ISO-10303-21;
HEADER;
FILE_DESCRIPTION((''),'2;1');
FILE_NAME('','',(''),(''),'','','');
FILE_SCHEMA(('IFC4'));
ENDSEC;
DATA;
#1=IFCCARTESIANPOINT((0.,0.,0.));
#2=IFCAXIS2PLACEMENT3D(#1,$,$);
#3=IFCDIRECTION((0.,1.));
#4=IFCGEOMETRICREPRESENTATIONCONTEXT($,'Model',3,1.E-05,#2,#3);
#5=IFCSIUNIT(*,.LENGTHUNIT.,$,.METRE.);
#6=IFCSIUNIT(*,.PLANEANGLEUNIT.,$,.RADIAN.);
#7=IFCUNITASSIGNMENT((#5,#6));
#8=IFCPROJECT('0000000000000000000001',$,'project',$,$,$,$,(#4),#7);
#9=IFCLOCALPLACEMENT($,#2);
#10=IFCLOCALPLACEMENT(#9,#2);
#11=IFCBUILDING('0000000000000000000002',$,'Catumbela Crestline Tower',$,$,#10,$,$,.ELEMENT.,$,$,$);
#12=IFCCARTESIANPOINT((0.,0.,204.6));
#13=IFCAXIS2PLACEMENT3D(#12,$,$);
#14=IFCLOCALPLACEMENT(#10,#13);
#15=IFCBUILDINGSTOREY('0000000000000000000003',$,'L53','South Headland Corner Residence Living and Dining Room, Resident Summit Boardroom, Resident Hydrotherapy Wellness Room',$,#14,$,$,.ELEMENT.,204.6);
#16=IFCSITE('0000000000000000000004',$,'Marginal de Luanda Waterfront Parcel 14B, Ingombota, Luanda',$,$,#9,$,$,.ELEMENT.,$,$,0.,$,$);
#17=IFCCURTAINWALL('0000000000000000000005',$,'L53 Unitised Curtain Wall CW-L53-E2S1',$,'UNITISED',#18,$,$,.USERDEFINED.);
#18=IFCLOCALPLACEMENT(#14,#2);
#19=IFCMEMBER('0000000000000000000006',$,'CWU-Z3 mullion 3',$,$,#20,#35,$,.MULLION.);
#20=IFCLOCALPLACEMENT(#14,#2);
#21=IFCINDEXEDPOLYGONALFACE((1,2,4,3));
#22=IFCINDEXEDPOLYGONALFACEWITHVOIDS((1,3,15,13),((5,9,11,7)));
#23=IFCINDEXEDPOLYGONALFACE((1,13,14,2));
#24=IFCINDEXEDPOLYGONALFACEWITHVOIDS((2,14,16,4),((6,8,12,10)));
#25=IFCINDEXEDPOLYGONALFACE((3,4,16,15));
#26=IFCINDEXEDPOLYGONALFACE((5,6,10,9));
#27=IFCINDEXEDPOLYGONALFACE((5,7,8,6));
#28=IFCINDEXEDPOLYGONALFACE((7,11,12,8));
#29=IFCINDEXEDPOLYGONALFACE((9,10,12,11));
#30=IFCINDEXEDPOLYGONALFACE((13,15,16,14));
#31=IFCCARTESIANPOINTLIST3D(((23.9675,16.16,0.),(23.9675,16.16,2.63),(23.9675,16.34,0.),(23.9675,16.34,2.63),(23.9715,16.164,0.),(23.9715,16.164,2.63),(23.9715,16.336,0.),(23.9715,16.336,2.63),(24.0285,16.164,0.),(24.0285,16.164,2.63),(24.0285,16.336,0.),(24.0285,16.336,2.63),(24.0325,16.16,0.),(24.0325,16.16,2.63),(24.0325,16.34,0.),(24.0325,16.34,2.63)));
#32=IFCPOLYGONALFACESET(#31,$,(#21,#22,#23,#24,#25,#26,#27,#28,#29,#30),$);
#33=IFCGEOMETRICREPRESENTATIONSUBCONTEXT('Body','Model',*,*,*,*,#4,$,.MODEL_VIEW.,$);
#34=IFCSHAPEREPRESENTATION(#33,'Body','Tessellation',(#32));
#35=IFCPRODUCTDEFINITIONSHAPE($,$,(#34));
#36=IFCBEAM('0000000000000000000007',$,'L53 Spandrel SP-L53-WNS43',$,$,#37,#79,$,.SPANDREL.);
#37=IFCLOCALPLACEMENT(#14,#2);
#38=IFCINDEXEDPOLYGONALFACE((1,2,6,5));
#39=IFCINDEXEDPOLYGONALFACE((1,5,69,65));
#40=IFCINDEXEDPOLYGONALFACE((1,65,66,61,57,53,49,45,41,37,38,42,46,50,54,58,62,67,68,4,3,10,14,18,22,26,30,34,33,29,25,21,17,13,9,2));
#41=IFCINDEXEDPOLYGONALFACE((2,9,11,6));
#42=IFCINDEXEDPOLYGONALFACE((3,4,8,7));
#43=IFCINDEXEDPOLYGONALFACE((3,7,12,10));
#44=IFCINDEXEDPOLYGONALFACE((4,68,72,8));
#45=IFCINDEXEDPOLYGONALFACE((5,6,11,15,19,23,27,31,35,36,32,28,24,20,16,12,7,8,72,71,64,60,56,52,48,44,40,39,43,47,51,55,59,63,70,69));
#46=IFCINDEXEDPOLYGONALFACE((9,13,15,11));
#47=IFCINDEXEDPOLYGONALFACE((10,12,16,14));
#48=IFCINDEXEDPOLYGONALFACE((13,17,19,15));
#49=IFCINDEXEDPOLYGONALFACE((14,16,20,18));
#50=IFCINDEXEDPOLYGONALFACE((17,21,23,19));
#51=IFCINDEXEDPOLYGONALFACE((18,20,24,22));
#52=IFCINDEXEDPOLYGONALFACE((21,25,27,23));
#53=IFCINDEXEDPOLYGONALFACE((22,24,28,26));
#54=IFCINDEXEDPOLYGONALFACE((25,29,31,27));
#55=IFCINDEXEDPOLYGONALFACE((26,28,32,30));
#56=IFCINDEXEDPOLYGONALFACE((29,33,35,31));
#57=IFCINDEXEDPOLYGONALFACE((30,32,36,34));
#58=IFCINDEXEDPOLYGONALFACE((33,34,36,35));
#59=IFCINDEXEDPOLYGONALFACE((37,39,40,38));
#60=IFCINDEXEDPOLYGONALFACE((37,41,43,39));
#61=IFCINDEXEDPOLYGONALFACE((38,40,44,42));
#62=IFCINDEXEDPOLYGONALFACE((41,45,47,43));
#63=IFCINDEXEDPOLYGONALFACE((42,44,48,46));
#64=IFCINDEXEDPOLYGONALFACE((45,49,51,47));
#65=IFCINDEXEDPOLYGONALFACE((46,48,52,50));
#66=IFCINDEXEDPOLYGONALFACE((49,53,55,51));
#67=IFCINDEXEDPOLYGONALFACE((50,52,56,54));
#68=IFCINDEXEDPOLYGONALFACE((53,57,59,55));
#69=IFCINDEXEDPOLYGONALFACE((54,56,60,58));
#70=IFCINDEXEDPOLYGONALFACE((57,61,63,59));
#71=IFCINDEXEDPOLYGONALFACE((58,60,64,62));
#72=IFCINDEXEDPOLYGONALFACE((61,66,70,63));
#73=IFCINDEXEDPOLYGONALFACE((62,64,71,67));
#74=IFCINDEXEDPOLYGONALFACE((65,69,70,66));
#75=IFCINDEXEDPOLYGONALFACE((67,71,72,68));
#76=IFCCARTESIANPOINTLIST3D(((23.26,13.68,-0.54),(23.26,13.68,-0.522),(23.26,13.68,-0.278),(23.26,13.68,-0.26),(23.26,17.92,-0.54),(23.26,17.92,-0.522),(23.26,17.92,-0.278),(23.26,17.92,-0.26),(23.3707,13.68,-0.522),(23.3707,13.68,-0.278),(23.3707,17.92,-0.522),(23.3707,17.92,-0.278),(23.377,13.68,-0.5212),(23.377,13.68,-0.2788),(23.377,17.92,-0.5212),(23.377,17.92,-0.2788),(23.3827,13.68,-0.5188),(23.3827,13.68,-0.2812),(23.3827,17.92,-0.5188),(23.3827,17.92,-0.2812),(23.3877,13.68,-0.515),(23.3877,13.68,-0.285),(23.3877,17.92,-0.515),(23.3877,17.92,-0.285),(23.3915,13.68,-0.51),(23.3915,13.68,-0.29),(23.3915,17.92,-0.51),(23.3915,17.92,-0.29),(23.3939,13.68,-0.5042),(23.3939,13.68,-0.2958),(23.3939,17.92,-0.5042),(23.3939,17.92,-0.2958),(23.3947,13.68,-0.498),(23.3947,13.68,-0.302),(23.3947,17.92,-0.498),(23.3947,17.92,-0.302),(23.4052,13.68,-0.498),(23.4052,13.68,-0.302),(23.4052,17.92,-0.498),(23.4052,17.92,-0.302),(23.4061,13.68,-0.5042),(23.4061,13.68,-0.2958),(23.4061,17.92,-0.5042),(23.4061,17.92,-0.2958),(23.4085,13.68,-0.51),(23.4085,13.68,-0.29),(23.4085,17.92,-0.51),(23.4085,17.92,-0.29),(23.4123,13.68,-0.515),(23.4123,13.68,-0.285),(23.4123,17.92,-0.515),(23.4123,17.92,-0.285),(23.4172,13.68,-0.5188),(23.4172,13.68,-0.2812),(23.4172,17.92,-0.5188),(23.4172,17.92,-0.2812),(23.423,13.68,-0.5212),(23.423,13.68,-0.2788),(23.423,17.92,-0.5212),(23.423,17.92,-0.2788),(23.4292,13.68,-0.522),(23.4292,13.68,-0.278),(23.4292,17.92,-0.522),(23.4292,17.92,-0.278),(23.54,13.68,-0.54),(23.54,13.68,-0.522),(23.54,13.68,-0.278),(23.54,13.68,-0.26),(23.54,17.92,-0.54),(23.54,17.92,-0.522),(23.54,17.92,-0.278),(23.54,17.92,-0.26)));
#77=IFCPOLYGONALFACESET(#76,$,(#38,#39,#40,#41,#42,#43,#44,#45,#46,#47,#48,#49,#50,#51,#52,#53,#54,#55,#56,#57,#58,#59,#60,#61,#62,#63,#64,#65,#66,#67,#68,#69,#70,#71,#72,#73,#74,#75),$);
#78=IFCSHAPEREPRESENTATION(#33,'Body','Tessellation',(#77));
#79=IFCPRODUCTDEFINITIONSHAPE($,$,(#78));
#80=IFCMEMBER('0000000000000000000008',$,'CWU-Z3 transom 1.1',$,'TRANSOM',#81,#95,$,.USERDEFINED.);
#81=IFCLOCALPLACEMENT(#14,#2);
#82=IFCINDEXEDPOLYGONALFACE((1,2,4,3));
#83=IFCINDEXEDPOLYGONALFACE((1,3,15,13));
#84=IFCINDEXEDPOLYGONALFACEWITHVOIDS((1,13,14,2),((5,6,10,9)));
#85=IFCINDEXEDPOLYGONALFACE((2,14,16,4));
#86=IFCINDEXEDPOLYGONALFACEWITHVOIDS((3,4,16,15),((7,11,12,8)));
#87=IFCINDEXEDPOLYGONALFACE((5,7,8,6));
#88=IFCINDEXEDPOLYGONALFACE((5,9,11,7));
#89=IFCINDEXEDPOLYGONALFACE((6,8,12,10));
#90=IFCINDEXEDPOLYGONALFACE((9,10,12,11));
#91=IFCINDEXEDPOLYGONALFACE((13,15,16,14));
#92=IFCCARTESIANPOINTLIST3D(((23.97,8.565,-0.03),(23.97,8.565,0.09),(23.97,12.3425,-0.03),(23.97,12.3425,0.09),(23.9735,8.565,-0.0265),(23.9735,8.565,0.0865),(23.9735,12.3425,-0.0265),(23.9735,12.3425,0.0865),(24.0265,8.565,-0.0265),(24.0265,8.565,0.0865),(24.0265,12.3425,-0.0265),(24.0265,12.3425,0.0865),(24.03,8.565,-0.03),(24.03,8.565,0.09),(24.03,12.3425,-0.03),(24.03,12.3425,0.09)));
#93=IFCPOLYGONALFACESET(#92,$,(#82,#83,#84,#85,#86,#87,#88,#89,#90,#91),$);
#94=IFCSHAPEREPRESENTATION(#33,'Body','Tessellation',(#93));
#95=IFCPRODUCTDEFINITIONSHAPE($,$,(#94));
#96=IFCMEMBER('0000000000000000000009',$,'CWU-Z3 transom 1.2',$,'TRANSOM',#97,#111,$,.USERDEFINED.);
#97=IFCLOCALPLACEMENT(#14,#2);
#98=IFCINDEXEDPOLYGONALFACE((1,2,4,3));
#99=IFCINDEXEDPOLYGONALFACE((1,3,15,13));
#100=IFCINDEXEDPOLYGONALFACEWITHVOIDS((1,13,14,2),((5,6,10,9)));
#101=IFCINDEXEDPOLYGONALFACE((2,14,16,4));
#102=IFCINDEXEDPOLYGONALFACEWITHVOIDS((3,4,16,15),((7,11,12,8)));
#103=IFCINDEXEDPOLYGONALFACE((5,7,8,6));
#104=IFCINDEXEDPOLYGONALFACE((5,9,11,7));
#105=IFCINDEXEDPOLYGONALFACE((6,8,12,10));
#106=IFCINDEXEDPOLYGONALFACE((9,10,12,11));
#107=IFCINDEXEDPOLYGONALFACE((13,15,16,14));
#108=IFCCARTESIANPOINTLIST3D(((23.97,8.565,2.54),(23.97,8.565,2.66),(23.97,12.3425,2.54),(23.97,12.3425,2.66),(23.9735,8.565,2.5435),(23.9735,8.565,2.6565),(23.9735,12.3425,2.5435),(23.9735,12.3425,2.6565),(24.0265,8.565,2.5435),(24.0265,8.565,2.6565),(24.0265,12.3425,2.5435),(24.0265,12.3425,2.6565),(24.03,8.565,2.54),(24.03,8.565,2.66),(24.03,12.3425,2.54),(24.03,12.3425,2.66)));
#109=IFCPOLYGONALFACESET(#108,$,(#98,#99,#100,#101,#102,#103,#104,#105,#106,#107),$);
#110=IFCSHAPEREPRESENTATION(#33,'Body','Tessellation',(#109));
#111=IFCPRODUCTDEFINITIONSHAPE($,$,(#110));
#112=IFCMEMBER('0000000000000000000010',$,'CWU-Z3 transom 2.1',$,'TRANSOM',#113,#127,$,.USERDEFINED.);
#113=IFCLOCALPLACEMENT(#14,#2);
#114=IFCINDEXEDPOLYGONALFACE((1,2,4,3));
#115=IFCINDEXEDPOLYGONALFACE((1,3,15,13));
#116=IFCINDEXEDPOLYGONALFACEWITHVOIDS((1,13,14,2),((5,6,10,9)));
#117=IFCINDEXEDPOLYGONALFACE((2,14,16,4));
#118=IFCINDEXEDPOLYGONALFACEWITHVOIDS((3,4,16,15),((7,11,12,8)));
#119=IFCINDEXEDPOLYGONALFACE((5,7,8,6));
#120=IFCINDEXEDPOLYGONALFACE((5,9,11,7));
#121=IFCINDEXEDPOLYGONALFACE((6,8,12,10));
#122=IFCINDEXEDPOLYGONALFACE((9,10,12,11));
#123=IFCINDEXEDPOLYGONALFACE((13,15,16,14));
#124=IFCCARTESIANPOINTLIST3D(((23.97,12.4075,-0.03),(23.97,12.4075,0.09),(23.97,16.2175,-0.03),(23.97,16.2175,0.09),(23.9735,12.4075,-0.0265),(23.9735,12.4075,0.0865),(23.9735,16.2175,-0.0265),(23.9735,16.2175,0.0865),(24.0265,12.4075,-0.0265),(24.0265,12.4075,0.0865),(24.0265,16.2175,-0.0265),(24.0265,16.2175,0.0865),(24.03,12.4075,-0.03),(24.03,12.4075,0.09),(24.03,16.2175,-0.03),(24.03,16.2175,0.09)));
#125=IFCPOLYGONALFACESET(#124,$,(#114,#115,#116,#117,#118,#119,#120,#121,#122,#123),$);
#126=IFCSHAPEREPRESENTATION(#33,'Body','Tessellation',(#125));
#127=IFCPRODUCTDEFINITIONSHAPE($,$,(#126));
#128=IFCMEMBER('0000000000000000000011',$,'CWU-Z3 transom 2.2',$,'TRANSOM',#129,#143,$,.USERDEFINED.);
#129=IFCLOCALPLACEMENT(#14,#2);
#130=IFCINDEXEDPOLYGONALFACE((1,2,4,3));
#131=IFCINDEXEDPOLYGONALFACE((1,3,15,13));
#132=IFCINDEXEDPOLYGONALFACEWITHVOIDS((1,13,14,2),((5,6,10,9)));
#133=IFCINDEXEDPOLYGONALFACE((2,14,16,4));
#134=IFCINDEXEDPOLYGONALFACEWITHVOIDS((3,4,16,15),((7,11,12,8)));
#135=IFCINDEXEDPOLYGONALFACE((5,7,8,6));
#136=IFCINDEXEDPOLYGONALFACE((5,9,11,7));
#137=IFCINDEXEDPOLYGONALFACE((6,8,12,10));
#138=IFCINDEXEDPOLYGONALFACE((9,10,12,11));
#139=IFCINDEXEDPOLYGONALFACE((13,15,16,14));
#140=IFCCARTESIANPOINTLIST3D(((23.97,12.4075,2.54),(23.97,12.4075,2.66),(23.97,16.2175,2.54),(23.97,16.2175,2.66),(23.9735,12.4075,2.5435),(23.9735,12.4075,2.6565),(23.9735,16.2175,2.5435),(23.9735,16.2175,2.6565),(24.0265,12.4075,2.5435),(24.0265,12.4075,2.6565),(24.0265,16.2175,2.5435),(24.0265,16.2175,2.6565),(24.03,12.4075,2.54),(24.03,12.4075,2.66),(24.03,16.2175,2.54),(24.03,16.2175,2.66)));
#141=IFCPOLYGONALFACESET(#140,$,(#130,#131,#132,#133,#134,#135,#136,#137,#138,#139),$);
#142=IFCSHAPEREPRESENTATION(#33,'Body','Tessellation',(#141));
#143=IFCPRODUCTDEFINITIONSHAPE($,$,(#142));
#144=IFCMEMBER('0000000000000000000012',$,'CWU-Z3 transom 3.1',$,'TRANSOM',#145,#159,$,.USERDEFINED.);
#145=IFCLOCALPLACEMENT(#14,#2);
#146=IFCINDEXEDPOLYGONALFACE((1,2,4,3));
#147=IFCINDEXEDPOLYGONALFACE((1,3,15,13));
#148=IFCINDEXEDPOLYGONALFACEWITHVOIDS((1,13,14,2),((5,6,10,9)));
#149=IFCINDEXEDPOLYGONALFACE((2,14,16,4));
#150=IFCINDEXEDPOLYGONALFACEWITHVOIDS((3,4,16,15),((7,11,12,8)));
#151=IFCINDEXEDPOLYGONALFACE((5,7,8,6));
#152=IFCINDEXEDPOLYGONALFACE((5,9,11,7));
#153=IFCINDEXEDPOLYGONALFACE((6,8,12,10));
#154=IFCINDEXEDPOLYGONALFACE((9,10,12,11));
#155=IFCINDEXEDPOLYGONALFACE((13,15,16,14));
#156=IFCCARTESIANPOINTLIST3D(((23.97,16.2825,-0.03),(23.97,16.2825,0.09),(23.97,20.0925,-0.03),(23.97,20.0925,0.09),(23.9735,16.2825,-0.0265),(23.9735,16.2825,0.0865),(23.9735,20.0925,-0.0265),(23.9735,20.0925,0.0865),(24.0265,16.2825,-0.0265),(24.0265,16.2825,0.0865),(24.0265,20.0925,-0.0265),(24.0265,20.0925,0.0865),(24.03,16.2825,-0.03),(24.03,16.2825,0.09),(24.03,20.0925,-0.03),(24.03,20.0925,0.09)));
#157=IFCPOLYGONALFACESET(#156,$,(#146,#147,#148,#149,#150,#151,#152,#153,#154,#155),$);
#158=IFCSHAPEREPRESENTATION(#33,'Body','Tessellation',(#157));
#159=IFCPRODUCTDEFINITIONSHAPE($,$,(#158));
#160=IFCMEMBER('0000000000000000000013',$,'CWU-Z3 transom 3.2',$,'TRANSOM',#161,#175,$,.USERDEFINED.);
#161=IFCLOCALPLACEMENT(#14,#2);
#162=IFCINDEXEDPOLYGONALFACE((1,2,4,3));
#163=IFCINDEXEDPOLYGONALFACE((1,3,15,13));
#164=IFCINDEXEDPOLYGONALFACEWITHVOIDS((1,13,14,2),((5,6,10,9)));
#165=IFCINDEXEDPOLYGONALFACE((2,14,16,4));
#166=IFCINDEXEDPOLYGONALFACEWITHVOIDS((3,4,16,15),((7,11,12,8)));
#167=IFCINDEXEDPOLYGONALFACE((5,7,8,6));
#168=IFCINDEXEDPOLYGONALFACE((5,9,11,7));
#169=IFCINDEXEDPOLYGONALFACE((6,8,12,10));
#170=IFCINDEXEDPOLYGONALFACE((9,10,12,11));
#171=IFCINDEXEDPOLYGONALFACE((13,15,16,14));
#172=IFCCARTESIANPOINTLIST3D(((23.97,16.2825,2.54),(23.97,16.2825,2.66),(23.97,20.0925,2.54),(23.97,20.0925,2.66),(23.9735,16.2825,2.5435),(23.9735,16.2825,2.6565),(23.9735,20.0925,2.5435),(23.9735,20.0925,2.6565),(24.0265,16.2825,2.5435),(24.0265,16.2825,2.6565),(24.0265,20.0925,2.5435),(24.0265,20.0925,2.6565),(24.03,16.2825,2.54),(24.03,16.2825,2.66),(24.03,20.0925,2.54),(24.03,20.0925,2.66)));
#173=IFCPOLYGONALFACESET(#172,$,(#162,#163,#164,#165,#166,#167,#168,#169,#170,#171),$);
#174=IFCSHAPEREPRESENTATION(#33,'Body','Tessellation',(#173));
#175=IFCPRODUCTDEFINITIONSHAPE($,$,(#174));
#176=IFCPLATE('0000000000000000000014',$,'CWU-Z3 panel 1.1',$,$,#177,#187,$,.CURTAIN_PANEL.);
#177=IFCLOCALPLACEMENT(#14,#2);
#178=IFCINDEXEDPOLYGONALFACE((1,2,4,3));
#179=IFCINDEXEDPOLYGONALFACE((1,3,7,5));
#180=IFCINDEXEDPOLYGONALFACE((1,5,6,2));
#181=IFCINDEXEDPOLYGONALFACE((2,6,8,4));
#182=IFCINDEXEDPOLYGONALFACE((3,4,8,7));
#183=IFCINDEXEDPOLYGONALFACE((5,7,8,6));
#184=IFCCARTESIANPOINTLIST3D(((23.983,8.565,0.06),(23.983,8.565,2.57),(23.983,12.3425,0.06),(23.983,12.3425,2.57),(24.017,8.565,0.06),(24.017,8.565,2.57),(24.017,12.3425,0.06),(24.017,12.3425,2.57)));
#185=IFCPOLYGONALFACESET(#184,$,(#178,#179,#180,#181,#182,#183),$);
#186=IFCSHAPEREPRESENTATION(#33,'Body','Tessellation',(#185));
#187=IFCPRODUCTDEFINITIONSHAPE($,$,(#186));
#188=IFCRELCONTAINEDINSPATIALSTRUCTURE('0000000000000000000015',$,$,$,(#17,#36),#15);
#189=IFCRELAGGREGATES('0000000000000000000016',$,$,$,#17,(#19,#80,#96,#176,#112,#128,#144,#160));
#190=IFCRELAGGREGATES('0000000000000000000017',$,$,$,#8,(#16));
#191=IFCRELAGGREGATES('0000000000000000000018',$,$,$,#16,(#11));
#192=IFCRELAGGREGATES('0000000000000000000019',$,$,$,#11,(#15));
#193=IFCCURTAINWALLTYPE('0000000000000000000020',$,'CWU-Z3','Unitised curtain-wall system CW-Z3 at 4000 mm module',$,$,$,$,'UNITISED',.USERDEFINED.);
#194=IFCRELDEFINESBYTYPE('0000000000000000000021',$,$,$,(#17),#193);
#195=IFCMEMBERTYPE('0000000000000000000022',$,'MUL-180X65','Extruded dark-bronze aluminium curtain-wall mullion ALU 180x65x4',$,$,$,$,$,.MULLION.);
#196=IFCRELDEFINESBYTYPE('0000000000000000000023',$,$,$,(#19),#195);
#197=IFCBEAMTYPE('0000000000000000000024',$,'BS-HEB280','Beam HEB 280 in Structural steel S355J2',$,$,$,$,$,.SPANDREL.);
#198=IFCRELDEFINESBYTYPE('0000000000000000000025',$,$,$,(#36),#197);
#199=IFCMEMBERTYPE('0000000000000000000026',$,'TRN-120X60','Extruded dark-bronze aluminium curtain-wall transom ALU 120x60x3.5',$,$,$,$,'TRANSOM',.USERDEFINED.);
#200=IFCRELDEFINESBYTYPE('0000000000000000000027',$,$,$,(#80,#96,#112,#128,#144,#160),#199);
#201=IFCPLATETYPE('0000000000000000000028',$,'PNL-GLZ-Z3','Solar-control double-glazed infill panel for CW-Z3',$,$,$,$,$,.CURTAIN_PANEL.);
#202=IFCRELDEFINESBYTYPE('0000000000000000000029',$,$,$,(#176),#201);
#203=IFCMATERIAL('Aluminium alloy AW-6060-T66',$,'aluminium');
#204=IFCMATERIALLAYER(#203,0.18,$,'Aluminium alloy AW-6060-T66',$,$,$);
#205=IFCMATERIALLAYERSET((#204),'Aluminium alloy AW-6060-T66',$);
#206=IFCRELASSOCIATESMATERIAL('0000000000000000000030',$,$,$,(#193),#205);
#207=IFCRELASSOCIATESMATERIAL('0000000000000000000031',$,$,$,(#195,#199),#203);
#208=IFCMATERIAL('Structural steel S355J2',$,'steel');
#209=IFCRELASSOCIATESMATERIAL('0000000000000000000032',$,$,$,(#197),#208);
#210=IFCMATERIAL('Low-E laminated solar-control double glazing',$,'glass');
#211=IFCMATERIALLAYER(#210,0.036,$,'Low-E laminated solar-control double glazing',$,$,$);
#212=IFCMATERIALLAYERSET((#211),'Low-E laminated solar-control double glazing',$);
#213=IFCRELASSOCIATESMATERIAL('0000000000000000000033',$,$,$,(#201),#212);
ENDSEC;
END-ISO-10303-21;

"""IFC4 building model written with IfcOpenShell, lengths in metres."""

from ifc_helpers import new_model, si_unit, direction, frame, origin, origin_2d, place, context, subcontext, project, spatial, rectangle, hollow_rectangle, i_section, extrude, material, layer, layer_set, material_profile, profile_set, type_object, element, aggregate, save


model = new_model("IFC4")

# Units and contexts
model_context = context("Model", 3, precision=1e-05, world=origin(), true_north=direction((0.0, 1.0)))
body_context = subcontext(model_context, "Body", "Model", "MODEL_VIEW")
ifc_project = project(units=[si_unit("LENGTHUNIT", "METRE"), si_unit("PLANEANGLEUNIT", "RADIAN")], contexts=[model_context])

# Site, building, storey
site_placement = place(None, origin())
site = spatial("IfcSite", under=ifc_project, at=site_placement, Name="Marginal de Luanda Waterfront Parcel 14B, Ingombota, Luanda", CompositionType="ELEMENT", RefElevation=0.0)
building_placement = place(site_placement, origin())
building = spatial("IfcBuilding", under=site, at=building_placement, Name="Catumbela Crestline Tower", CompositionType="ELEMENT")
storey_placement = place(building_placement, frame((0.0, 0.0, 204.6)))
storey = spatial("IfcBuildingStorey", under=building, at=storey_placement, Name="L53", Description="South Headland Corner Residence Living and Dining Room, Resident Summit Boardroom, Resident Hydrotherapy Wellness Room", CompositionType="ELEMENT", Elevation=204.6)

# Shared definitions
ifc_material_1 = material(Name="Structural steel S355J2", Category="steel")

# Shared definitions
ifc_material_2 = material(Name="Aluminium alloy AW-6060-T66", Category="aluminium")
ifc_layer_1 = layer(ifc_material_2, 0.18, Name="Aluminium alloy AW-6060-T66")
ifc_layer_set_1 = layer_set([ifc_layer_1], Name="Aluminium alloy AW-6060-T66")
curtain_wall_type = type_object("IfcCurtainWallType", Name="CWU-Z3", Description="Unitised curtain-wall system CW-Z3 at 4000 mm module", ElementType="UNITISED", PredefinedType="USERDEFINED", material=ifc_layer_set_1)
ifc_material_profile_1 = material_profile(ifc_material_2, hollow_rectangle(XDim=0.065, YDim=0.18, WallThickness=0.004, at=origin_2d()), Name="ALU 180x65x4")
ifc_profile_set_1 = profile_set([ifc_material_profile_1], Name="Aluminium alloy AW-6060-T66")
member_type_1 = type_object("IfcMemberType", Name="MUL-180X65", Description="Extruded dark-bronze aluminium curtain-wall mullion ALU 180x65x4", PredefinedType="MULLION", material=ifc_profile_set_1)

# Curtain wall, member
curtain_wall_1_placement = place(storey_placement, origin())
curtain_wall_1 = element("IfcCurtainWall", 1, at=curtain_wall_1_placement, inside=storey, type_object=curtain_wall_type, Name="L53 Unitised Curtain Wall CW-L53-E2S1", ObjectType="UNITISED", PredefinedType="USERDEFINED")
member_1_placement = place(storey_placement, frame((24.0, 16.25, 0.0), z_axis=(0.0, 0.0, 1.0), x_axis=(-1.0, 0.0, 0.0)))
member_1 = element("IfcMember", 2, at=member_1_placement, type_object=member_type_1, Name="CWU-Z3 mullion 3", PredefinedType="MULLION", context=body_context, shape_type="SweptSolid", body=[
    extrude(hollow_rectangle(XDim=0.065, YDim=0.18, WallThickness=0.004, at=origin_2d()), origin(), (0.0, 0.0, 1.0), 2.63),
])

# Beam
ifc_material_profile_2 = material_profile(ifc_material_1, i_section(OverallWidth=0.28, OverallDepth=0.28, WebThickness=0.0105, FlangeThickness=0.018, FilletRadius=0.024, at=origin_2d()), Name="HEB 280")
ifc_profile_set_2 = profile_set([ifc_material_profile_2], Name="Structural steel S355J2")
beam_type_1 = type_object("IfcBeamType", Name="BS-HEB280", Description="Beam HEB 280 in Structural steel S355J2", PredefinedType="SPANDREL", material=ifc_profile_set_2)
beam_1_placement = place(storey_placement, frame((23.4, 13.68, -0.4), z_axis=(0.0, 1.0, 0.0), x_axis=(-1.0, 0.0, 0.0)))
element("IfcBeam", 3, at=beam_1_placement, inside=storey, type_object=beam_type_1, Name="L53 Spandrel SP-L53-WNS43", PredefinedType="SPANDREL", context=body_context, shape_type="SweptSolid", body=[
    extrude(i_section(OverallWidth=0.28, OverallDepth=0.28, WebThickness=0.0105, FlangeThickness=0.018, FilletRadius=0.024, at=origin_2d()), origin(), (0.0, 0.0, 1.0), 4.24),
])

# Members
ifc_material_profile_3 = material_profile(ifc_material_2, hollow_rectangle(XDim=0.06, YDim=0.12, WallThickness=0.0035, at=origin_2d()), Name="ALU 120x60x3.5")
ifc_profile_set_3 = profile_set([ifc_material_profile_3], Name="Aluminium alloy AW-6060-T66")
member_type_2 = type_object("IfcMemberType", Name="TRN-120X60", Description="Extruded dark-bronze aluminium curtain-wall transom ALU 120x60x3.5", ElementType="TRANSOM", PredefinedType="USERDEFINED", material=ifc_profile_set_3)
member_2_placement = place(storey_placement, frame((24.0, 8.565, 0.03), z_axis=(0.0, 1.0, 0.0), x_axis=(-1.0, 0.0, 0.0)))
member_2 = element("IfcMember", 4, at=member_2_placement, type_object=member_type_2, Name="CWU-Z3 transom 1.1", ObjectType="TRANSOM", PredefinedType="USERDEFINED", context=body_context, shape_type="SweptSolid", body=[
    extrude(hollow_rectangle(XDim=0.06, YDim=0.12, WallThickness=0.0035, at=origin_2d()), origin(), (0.0, 0.0, 1.0), 3.7775),
])
member_3_placement = place(storey_placement, frame((24.0, 8.565, 2.6), z_axis=(0.0, 1.0, 0.0), x_axis=(-1.0, 0.0, 0.0)))
member_3 = element("IfcMember", 5, at=member_3_placement, type_object=member_type_2, Name="CWU-Z3 transom 1.2", ObjectType="TRANSOM", PredefinedType="USERDEFINED", context=body_context, shape_type="SweptSolid", body=[
    extrude(hollow_rectangle(XDim=0.06, YDim=0.12, WallThickness=0.0035, at=origin_2d()), origin(), (0.0, 0.0, 1.0), 3.7775),
])
member_4_placement = place(storey_placement, frame((24.0, 12.4075, 0.03), z_axis=(0.0, 1.0, 0.0), x_axis=(-1.0, 0.0, 0.0)))
member_4 = element("IfcMember", 6, at=member_4_placement, type_object=member_type_2, Name="CWU-Z3 transom 2.1", ObjectType="TRANSOM", PredefinedType="USERDEFINED", context=body_context, shape_type="SweptSolid", body=[
    extrude(hollow_rectangle(XDim=0.06, YDim=0.12, WallThickness=0.0035, at=origin_2d()), origin(), (0.0, 0.0, 1.0), 3.81),
])
member_5_placement = place(storey_placement, frame((24.0, 12.4075, 2.6), z_axis=(0.0, 1.0, 0.0), x_axis=(-1.0, 0.0, 0.0)))
member_5 = element("IfcMember", 7, at=member_5_placement, type_object=member_type_2, Name="CWU-Z3 transom 2.2", ObjectType="TRANSOM", PredefinedType="USERDEFINED", context=body_context, shape_type="SweptSolid", body=[
    extrude(hollow_rectangle(XDim=0.06, YDim=0.12, WallThickness=0.0035, at=origin_2d()), origin(), (0.0, 0.0, 1.0), 3.81),
])
member_6_placement = place(storey_placement, frame((24.0, 16.2825, 0.03), z_axis=(0.0, 1.0, 0.0), x_axis=(-1.0, 0.0, 0.0)))
member_6 = element("IfcMember", 8, at=member_6_placement, type_object=member_type_2, Name="CWU-Z3 transom 3.1", ObjectType="TRANSOM", PredefinedType="USERDEFINED", context=body_context, shape_type="SweptSolid", body=[
    extrude(hollow_rectangle(XDim=0.06, YDim=0.12, WallThickness=0.0035, at=origin_2d()), origin(), (0.0, 0.0, 1.0), 3.81),
])
member_7_placement = place(storey_placement, frame((24.0, 16.2825, 2.6), z_axis=(0.0, 1.0, 0.0), x_axis=(-1.0, 0.0, 0.0)))
member_7 = element("IfcMember", 9, at=member_7_placement, type_object=member_type_2, Name="CWU-Z3 transom 3.2", ObjectType="TRANSOM", PredefinedType="USERDEFINED", context=body_context, shape_type="SweptSolid", body=[
    extrude(hollow_rectangle(XDim=0.06, YDim=0.12, WallThickness=0.0035, at=origin_2d()), origin(), (0.0, 0.0, 1.0), 3.81),
])

# Plate
ifc_material_3 = material(Name="Low-E laminated solar-control double glazing", Category="glass")
ifc_layer_2 = layer(ifc_material_3, 0.036, Name="Low-E laminated solar-control double glazing")
ifc_layer_set_2 = layer_set([ifc_layer_2], Name="Low-E laminated solar-control double glazing")
plate_type = type_object("IfcPlateType", Name="PNL-GLZ-Z3", Description="Solar-control double-glazed infill panel for CW-Z3", PredefinedType="CURTAIN_PANEL", material=ifc_layer_set_2)
plate_1_placement = place(storey_placement, frame((24.0, 10.4538, 0.06), z_axis=(0.0, 0.0, 1.0), x_axis=(0.0, 1.0, 0.0)))
plate_1 = element("IfcPlate", 10, at=plate_1_placement, type_object=plate_type, Name="CWU-Z3 panel 1.1", PredefinedType="CURTAIN_PANEL", context=body_context, shape_type="SweptSolid", body=[
    extrude(rectangle(XDim=3.7775, YDim=0.034, at=origin_2d()), origin(), (0.0, 0.0, 1.0), 2.51),
])
aggregate(curtain_wall_1, [member_1, member_2, member_3, plate_1, member_4, member_5, member_6, member_7])

save(model, "model.ifc")
